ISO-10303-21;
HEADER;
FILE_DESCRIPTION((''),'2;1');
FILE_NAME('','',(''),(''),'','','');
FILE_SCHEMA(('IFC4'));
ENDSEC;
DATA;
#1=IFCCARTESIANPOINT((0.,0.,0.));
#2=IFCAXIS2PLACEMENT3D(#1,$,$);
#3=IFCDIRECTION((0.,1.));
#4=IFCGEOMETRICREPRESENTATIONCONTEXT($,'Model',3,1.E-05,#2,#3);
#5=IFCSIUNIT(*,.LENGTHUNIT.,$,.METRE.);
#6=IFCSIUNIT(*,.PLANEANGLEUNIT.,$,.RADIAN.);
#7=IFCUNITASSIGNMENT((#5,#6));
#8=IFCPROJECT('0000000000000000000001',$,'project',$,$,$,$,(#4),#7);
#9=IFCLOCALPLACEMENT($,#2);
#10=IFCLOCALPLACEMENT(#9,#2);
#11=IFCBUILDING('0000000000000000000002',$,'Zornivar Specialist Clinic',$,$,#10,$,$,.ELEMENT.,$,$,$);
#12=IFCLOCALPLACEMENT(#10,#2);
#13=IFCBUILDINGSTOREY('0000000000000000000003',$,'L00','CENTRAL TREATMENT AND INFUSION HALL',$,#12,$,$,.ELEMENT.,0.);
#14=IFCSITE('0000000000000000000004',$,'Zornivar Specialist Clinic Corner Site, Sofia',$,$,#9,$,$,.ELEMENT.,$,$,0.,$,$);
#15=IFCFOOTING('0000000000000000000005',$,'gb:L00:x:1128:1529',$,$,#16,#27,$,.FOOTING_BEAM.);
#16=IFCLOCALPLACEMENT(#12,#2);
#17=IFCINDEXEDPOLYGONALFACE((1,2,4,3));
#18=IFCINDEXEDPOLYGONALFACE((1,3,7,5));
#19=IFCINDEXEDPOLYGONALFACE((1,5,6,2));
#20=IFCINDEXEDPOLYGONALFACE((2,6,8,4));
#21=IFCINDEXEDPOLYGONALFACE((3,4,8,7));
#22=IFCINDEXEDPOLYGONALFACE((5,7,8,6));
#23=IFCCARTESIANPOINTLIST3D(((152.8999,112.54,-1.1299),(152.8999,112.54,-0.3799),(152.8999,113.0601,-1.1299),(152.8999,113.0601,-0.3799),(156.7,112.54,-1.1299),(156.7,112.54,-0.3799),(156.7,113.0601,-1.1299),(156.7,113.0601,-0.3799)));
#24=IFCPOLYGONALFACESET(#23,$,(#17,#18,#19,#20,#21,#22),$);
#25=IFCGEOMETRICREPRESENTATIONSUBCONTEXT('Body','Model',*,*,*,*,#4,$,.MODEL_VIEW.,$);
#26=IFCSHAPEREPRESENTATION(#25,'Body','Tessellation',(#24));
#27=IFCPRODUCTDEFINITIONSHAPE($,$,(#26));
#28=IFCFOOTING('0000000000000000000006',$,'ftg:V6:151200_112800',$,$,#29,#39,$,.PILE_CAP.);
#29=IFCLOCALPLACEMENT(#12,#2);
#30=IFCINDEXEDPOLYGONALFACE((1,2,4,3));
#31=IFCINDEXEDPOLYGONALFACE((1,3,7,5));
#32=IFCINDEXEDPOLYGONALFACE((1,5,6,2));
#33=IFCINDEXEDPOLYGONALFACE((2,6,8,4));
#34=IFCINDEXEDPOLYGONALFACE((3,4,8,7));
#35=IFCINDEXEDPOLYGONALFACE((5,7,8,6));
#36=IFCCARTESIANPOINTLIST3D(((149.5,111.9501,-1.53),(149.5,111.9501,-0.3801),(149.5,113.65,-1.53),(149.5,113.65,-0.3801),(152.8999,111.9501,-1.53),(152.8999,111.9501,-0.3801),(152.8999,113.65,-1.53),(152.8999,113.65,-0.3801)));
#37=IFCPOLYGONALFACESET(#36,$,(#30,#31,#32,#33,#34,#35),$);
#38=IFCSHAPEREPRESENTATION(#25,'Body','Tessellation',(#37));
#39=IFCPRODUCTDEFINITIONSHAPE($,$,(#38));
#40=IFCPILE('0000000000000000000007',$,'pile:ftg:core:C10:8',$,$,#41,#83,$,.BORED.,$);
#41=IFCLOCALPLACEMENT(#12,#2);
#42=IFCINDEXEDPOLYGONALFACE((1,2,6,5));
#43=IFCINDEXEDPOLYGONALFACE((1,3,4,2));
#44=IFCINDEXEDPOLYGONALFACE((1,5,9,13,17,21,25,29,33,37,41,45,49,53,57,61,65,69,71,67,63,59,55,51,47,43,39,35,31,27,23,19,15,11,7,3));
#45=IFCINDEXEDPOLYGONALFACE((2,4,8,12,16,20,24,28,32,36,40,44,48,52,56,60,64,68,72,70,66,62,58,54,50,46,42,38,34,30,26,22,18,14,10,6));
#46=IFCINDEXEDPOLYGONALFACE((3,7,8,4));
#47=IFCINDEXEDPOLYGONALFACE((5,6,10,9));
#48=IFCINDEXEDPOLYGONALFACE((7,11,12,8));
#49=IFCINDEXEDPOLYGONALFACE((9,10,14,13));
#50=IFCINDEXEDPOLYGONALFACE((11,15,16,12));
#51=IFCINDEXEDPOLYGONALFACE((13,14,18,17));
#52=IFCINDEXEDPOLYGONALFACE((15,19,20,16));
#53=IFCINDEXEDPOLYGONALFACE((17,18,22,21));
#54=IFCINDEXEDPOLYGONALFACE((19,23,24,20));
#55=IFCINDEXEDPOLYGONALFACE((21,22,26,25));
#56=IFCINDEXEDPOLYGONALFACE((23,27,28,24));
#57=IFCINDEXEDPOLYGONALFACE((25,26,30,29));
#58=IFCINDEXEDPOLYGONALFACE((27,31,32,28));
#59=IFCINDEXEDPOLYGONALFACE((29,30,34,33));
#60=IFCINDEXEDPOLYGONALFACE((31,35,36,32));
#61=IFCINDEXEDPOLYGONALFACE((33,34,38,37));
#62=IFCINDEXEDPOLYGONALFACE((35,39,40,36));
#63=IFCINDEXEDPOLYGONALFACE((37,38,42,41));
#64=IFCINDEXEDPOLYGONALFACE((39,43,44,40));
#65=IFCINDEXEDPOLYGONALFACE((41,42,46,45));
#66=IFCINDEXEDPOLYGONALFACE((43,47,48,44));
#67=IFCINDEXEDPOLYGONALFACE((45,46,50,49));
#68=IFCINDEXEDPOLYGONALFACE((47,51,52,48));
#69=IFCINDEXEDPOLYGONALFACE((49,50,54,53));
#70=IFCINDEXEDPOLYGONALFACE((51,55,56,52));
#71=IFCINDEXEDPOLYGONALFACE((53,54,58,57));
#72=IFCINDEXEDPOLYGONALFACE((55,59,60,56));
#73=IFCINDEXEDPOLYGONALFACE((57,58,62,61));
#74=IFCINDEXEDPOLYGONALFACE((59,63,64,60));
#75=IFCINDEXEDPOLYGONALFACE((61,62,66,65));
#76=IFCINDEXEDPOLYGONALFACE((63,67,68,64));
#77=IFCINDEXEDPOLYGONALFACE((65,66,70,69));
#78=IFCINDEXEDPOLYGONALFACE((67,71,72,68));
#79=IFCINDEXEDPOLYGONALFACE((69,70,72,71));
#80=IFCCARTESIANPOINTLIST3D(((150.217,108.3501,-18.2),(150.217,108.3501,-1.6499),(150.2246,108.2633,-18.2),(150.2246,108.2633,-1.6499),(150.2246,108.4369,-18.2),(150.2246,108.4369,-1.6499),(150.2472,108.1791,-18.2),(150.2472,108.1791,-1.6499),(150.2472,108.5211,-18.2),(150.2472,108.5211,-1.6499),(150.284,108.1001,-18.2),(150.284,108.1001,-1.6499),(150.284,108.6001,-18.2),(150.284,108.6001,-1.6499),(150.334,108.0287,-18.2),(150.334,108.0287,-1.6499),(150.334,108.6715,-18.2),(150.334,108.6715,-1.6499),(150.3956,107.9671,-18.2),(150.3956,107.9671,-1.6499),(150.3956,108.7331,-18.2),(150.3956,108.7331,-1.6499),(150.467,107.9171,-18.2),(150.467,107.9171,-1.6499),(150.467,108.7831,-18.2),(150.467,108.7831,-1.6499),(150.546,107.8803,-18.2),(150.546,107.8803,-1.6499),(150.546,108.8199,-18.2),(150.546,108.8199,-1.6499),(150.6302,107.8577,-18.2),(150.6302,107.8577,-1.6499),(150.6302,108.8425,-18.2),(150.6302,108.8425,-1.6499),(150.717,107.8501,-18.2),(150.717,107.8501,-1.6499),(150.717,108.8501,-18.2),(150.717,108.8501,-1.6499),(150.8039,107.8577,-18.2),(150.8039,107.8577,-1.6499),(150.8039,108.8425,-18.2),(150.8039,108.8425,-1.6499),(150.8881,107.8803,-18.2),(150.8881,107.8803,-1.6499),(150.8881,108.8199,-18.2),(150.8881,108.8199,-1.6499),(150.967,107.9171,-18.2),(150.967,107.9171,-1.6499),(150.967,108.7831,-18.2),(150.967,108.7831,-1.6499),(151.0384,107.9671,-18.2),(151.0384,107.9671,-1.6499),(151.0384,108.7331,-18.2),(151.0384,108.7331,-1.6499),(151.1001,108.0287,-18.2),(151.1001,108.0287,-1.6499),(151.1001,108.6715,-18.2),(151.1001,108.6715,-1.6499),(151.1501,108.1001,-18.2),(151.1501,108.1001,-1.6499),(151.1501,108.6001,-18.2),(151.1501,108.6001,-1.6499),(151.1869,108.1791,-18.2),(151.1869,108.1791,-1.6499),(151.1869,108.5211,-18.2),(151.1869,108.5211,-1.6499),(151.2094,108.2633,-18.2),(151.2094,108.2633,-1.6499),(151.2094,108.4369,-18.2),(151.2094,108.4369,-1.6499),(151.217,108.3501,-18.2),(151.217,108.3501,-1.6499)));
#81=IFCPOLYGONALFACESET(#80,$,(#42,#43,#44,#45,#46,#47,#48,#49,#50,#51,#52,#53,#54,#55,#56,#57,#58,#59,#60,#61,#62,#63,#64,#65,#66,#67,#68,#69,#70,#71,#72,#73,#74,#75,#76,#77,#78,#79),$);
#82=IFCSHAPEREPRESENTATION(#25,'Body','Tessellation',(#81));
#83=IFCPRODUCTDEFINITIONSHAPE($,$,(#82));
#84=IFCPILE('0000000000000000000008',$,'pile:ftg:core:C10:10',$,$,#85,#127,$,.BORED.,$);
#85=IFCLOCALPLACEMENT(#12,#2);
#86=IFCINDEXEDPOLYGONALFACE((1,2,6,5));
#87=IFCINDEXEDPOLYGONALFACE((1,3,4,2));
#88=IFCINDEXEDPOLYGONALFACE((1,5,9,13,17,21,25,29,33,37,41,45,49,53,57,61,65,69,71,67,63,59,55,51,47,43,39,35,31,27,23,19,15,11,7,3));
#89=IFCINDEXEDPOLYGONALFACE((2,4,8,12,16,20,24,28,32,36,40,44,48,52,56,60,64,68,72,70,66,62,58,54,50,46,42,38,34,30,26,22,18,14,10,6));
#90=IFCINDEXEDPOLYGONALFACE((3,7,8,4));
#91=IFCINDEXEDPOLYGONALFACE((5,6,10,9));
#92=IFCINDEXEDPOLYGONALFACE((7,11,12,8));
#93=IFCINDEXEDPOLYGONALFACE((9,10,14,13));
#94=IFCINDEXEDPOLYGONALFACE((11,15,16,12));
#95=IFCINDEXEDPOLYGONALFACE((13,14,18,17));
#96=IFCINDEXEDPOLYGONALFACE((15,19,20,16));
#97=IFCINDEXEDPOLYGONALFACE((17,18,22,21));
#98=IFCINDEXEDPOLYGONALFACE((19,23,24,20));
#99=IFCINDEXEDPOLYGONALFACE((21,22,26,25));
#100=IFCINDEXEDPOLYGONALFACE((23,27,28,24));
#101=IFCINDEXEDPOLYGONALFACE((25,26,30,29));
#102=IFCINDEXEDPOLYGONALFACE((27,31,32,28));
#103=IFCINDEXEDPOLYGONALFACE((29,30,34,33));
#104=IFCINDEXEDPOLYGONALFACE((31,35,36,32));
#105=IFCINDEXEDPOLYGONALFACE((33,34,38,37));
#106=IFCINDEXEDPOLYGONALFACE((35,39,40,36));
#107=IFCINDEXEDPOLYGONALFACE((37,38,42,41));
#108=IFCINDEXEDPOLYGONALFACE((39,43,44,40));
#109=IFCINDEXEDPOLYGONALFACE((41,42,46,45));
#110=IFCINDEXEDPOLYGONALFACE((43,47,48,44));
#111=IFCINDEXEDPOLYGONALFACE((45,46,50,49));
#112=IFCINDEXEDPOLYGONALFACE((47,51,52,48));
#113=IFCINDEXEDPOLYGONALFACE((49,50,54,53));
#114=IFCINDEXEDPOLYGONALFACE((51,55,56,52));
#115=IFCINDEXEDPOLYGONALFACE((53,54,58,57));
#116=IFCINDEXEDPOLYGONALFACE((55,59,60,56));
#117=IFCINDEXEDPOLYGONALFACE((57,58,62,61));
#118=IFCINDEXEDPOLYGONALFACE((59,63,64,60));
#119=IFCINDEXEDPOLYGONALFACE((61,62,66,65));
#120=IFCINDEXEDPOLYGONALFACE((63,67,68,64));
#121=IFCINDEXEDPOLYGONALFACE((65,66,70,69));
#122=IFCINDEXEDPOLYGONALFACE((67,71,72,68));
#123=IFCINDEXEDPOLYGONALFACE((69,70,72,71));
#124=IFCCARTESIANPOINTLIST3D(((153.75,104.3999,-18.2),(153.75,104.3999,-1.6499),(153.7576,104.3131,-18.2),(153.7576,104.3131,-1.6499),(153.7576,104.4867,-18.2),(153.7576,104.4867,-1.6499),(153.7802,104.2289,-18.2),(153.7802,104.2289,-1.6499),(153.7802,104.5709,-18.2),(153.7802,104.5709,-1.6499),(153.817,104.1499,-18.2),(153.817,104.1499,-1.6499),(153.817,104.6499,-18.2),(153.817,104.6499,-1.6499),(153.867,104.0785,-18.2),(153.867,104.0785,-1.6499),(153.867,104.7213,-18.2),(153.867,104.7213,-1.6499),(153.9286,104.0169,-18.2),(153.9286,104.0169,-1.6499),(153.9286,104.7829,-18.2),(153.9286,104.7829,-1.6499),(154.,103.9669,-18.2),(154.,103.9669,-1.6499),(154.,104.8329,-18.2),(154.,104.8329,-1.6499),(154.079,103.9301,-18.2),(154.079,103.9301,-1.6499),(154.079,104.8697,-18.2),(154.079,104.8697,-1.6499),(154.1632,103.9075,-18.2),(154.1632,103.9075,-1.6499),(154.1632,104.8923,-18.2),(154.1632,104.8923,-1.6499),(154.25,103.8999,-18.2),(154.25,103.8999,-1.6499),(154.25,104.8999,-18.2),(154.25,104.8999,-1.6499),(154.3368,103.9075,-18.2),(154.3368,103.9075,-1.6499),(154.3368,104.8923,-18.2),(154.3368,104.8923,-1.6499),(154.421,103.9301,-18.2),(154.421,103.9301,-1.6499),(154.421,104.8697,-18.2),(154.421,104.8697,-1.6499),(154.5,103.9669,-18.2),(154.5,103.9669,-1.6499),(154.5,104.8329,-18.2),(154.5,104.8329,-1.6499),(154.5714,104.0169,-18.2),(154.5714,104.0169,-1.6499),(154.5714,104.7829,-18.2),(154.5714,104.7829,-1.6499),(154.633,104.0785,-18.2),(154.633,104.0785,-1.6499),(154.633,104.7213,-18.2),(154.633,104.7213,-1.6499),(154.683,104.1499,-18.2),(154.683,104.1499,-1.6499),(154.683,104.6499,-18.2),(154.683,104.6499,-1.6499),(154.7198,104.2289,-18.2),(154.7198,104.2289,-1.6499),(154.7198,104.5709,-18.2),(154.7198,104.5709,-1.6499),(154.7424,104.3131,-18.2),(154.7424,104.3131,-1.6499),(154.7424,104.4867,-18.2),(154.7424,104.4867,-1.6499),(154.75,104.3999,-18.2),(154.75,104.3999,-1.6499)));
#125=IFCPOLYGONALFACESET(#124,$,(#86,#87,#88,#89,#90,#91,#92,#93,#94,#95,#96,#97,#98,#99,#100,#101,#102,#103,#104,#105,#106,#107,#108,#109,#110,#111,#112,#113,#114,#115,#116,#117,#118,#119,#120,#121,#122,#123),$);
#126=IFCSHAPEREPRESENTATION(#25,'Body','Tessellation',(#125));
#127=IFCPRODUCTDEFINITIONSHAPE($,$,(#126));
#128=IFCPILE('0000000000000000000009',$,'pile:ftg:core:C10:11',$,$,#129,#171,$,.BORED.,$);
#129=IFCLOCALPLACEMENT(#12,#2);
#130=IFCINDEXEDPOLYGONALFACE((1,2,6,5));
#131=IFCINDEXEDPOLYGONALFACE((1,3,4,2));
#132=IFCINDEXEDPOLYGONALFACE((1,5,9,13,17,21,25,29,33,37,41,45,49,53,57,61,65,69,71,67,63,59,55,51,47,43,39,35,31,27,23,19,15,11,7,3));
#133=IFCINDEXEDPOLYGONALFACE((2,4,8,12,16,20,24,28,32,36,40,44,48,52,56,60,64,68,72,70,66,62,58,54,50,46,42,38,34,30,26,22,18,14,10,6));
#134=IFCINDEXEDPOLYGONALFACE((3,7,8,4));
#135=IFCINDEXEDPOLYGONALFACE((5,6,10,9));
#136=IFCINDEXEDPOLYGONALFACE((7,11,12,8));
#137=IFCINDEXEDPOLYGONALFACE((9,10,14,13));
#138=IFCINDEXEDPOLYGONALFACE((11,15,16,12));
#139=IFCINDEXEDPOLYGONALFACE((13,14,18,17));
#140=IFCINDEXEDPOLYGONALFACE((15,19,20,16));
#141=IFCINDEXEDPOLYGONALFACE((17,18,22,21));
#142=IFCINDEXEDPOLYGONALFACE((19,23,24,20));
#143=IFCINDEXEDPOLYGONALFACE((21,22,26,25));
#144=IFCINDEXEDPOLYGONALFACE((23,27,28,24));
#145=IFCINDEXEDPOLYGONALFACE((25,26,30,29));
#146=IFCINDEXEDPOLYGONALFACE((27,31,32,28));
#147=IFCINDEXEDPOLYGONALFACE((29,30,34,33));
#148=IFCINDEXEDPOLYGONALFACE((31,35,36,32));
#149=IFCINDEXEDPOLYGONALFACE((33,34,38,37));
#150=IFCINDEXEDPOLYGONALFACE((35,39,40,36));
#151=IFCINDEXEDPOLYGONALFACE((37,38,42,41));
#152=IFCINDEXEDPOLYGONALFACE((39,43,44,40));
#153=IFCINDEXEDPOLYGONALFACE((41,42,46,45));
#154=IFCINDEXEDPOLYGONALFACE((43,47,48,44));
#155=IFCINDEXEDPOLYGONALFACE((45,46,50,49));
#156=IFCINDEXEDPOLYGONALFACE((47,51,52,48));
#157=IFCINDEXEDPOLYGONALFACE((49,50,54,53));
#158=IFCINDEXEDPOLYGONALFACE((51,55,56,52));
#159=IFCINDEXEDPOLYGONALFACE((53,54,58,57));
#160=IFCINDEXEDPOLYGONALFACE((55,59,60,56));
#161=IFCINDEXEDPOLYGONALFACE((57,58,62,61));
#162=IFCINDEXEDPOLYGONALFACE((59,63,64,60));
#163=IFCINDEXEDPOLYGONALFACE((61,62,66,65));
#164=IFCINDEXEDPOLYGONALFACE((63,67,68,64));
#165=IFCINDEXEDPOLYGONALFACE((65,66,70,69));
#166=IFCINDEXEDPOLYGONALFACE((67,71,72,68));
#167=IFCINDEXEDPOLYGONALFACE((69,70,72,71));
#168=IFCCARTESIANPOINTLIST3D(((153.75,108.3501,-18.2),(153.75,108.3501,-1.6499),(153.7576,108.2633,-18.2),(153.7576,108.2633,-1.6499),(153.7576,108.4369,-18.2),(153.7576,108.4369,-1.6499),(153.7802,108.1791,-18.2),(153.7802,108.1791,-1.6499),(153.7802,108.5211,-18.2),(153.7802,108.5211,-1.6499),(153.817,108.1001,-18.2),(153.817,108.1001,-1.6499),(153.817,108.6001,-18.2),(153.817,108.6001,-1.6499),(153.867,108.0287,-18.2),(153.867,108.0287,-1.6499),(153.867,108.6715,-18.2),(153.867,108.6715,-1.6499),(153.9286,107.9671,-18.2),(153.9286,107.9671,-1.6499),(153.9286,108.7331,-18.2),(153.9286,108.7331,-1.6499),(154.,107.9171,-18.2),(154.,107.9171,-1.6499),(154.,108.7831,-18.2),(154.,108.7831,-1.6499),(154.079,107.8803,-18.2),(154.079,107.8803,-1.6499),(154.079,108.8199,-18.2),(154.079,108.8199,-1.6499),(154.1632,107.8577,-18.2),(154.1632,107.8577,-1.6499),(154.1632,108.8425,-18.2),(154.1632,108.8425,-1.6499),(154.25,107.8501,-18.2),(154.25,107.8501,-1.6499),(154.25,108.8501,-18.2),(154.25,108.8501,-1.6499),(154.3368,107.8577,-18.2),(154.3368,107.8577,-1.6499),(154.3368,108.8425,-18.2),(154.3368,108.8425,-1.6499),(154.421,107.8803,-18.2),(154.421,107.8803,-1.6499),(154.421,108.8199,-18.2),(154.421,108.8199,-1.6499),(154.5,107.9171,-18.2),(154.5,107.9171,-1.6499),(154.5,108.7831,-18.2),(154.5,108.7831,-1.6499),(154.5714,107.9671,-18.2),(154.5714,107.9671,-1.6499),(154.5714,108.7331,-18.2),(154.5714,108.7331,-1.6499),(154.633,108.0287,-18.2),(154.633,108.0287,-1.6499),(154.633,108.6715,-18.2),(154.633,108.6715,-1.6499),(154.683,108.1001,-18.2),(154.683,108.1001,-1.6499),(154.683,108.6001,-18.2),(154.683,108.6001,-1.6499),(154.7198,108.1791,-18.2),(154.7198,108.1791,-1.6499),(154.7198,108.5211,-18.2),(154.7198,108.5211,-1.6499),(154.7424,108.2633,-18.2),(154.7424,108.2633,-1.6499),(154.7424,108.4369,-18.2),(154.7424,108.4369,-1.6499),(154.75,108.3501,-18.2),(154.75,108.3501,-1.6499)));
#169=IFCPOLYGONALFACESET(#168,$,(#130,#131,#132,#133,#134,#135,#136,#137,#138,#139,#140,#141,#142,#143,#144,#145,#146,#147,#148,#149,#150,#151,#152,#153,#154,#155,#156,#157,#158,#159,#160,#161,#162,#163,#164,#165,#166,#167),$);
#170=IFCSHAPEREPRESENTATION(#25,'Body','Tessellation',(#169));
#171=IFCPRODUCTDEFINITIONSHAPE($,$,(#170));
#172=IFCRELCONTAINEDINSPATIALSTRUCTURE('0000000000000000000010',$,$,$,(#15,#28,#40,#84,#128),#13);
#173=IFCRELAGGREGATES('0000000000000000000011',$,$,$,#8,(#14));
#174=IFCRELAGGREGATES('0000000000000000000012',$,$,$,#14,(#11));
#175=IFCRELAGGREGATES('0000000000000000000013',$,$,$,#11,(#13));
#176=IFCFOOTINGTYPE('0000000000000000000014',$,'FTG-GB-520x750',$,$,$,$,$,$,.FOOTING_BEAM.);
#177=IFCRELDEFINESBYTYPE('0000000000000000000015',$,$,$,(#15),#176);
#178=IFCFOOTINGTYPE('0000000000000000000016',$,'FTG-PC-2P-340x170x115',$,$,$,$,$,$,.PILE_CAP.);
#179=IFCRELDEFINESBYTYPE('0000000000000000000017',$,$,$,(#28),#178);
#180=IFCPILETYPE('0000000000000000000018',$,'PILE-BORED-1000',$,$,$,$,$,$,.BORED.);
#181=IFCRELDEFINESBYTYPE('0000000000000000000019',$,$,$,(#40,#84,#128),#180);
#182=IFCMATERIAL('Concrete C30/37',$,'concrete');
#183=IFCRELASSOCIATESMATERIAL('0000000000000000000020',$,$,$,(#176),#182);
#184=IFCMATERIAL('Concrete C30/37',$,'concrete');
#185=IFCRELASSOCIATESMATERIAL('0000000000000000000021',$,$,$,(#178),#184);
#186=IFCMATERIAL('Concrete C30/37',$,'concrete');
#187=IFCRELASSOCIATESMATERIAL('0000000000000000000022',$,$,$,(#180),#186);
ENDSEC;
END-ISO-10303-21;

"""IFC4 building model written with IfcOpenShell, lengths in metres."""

from ifc_helpers import new_model, si_unit, direction, frame, origin, origin_2d, place, context, subcontext, project, spatial, rectangle, circle, extrude, material, material_profile, profile_set, type_object, element, save


model = new_model("IFC4")

# Units and contexts
model_context = context("Model", 3, precision=1e-05, world=origin(), true_north=direction((0.0, 1.0)))
body_context = subcontext(model_context, "Body", "Model", "MODEL_VIEW")
ifc_project = project(units=[si_unit("LENGTHUNIT", "METRE"), si_unit("PLANEANGLEUNIT", "RADIAN")], contexts=[model_context])

# Site, building, storey
site_placement = place(None, origin())
site = spatial("IfcSite", under=ifc_project, at=site_placement, Name="Zornivar Specialist Clinic Corner Site, Sofia", CompositionType="ELEMENT", RefElevation=0.0)
building_placement = place(site_placement, origin())
building = spatial("IfcBuilding", under=site, at=building_placement, Name="Zornivar Specialist Clinic", CompositionType="ELEMENT")
storey_placement = place(building_placement, origin())
storey = spatial("IfcBuildingStorey", under=building, at=storey_placement, Name="L00", Description="CENTRAL TREATMENT AND INFUSION HALL", CompositionType="ELEMENT", Elevation=0.0)

# Footings
ifc_material_1 = material(Name="Concrete C30/37", Category="concrete")
ifc_material_profile_1 = material_profile(ifc_material_1, rectangle(XDim=0.52, YDim=0.75, at=origin_2d()), Name="RC 520x750")
ifc_profile_set_1 = profile_set([ifc_material_profile_1], Name="Concrete C30/37")
footing_type_1 = type_object("IfcFootingType", Name="FTG-GB-520x750", PredefinedType="FOOTING_BEAM", material=ifc_profile_set_1)
footing_1_placement = place(storey_placement, frame((152.8999, 112.8, -0.7549), z_axis=(1.0, 0.0, 0.0), x_axis=(0.0, 1.0, 0.0)))
element("IfcFooting", 1, at=footing_1_placement, inside=storey, type_object=footing_type_1, Name="gb:L00:x:1128:1529", PredefinedType="FOOTING_BEAM", context=body_context, shape_type="SweptSolid", body=[
    extrude(rectangle(XDim=0.52, YDim=0.75, at=origin_2d()), origin(), (0.0, 0.0, 1.0), 3.8),
])
ifc_material_2 = material(Name="Concrete C30/37", Category="concrete")
footing_type_2 = type_object("IfcFootingType", Name="FTG-PC-2P-340x170x115", PredefinedType="PILE_CAP", material=ifc_material_2)
footing_2_placement = place(storey_placement, frame((151.2, 112.8, -1.53), z_axis=(0.0, 0.0, 1.0), x_axis=(1.0, 0.0, 0.0)))
element("IfcFooting", 2, at=footing_2_placement, inside=storey, type_object=footing_type_2, Name="ftg:V6:151200_112800", PredefinedType="PILE_CAP", context=body_context, shape_type="SweptSolid", body=[
    extrude(rectangle(XDim=3.3999, YDim=1.7, at=origin_2d()), origin(), (0.0, 0.0, 1.0), 1.1499),
])

# Piles
ifc_material_3 = material(Name="Concrete C30/37", Category="concrete")
ifc_material_profile_2 = material_profile(ifc_material_3, circle(Radius=0.5, at=origin_2d()), Name="PILE D1000")
ifc_profile_set_2 = profile_set([ifc_material_profile_2], Name="Concrete C30/37")
pile_type_1 = type_object("IfcPileType", Name="PILE-BORED-1000", PredefinedType="BORED", material=ifc_profile_set_2)
for number, where, z_axis, x_axis, name in (
    (3, (150.717, 108.3501, -1.6499), (0.0, 0.0, -1.0), (1.0, 0.0, 0.0), "pile:ftg:core:C10:8"),
    (4, (154.25, 104.3999, -1.6499), (0.0, 0.0, -1.0), (1.0, 0.0, 0.0), "pile:ftg:core:C10:10"),
    (5, (154.25, 108.3501, -1.6499), (0.0, 0.0, -1.0), (1.0, 0.0, 0.0), "pile:ftg:core:C10:11"),
):
    element("IfcPile", number, at=place(storey_placement, frame(where, z_axis=z_axis, x_axis=x_axis)), inside=storey, type_object=pile_type_1, Name=name, PredefinedType="BORED", context=body_context, shape_type="SweptSolid", body=[
        extrude(circle(Radius=0.5, at=origin_2d()), origin(), (0.0, 0.0, 1.0), 16.55),
    ])

save(model, "model.ifc")
